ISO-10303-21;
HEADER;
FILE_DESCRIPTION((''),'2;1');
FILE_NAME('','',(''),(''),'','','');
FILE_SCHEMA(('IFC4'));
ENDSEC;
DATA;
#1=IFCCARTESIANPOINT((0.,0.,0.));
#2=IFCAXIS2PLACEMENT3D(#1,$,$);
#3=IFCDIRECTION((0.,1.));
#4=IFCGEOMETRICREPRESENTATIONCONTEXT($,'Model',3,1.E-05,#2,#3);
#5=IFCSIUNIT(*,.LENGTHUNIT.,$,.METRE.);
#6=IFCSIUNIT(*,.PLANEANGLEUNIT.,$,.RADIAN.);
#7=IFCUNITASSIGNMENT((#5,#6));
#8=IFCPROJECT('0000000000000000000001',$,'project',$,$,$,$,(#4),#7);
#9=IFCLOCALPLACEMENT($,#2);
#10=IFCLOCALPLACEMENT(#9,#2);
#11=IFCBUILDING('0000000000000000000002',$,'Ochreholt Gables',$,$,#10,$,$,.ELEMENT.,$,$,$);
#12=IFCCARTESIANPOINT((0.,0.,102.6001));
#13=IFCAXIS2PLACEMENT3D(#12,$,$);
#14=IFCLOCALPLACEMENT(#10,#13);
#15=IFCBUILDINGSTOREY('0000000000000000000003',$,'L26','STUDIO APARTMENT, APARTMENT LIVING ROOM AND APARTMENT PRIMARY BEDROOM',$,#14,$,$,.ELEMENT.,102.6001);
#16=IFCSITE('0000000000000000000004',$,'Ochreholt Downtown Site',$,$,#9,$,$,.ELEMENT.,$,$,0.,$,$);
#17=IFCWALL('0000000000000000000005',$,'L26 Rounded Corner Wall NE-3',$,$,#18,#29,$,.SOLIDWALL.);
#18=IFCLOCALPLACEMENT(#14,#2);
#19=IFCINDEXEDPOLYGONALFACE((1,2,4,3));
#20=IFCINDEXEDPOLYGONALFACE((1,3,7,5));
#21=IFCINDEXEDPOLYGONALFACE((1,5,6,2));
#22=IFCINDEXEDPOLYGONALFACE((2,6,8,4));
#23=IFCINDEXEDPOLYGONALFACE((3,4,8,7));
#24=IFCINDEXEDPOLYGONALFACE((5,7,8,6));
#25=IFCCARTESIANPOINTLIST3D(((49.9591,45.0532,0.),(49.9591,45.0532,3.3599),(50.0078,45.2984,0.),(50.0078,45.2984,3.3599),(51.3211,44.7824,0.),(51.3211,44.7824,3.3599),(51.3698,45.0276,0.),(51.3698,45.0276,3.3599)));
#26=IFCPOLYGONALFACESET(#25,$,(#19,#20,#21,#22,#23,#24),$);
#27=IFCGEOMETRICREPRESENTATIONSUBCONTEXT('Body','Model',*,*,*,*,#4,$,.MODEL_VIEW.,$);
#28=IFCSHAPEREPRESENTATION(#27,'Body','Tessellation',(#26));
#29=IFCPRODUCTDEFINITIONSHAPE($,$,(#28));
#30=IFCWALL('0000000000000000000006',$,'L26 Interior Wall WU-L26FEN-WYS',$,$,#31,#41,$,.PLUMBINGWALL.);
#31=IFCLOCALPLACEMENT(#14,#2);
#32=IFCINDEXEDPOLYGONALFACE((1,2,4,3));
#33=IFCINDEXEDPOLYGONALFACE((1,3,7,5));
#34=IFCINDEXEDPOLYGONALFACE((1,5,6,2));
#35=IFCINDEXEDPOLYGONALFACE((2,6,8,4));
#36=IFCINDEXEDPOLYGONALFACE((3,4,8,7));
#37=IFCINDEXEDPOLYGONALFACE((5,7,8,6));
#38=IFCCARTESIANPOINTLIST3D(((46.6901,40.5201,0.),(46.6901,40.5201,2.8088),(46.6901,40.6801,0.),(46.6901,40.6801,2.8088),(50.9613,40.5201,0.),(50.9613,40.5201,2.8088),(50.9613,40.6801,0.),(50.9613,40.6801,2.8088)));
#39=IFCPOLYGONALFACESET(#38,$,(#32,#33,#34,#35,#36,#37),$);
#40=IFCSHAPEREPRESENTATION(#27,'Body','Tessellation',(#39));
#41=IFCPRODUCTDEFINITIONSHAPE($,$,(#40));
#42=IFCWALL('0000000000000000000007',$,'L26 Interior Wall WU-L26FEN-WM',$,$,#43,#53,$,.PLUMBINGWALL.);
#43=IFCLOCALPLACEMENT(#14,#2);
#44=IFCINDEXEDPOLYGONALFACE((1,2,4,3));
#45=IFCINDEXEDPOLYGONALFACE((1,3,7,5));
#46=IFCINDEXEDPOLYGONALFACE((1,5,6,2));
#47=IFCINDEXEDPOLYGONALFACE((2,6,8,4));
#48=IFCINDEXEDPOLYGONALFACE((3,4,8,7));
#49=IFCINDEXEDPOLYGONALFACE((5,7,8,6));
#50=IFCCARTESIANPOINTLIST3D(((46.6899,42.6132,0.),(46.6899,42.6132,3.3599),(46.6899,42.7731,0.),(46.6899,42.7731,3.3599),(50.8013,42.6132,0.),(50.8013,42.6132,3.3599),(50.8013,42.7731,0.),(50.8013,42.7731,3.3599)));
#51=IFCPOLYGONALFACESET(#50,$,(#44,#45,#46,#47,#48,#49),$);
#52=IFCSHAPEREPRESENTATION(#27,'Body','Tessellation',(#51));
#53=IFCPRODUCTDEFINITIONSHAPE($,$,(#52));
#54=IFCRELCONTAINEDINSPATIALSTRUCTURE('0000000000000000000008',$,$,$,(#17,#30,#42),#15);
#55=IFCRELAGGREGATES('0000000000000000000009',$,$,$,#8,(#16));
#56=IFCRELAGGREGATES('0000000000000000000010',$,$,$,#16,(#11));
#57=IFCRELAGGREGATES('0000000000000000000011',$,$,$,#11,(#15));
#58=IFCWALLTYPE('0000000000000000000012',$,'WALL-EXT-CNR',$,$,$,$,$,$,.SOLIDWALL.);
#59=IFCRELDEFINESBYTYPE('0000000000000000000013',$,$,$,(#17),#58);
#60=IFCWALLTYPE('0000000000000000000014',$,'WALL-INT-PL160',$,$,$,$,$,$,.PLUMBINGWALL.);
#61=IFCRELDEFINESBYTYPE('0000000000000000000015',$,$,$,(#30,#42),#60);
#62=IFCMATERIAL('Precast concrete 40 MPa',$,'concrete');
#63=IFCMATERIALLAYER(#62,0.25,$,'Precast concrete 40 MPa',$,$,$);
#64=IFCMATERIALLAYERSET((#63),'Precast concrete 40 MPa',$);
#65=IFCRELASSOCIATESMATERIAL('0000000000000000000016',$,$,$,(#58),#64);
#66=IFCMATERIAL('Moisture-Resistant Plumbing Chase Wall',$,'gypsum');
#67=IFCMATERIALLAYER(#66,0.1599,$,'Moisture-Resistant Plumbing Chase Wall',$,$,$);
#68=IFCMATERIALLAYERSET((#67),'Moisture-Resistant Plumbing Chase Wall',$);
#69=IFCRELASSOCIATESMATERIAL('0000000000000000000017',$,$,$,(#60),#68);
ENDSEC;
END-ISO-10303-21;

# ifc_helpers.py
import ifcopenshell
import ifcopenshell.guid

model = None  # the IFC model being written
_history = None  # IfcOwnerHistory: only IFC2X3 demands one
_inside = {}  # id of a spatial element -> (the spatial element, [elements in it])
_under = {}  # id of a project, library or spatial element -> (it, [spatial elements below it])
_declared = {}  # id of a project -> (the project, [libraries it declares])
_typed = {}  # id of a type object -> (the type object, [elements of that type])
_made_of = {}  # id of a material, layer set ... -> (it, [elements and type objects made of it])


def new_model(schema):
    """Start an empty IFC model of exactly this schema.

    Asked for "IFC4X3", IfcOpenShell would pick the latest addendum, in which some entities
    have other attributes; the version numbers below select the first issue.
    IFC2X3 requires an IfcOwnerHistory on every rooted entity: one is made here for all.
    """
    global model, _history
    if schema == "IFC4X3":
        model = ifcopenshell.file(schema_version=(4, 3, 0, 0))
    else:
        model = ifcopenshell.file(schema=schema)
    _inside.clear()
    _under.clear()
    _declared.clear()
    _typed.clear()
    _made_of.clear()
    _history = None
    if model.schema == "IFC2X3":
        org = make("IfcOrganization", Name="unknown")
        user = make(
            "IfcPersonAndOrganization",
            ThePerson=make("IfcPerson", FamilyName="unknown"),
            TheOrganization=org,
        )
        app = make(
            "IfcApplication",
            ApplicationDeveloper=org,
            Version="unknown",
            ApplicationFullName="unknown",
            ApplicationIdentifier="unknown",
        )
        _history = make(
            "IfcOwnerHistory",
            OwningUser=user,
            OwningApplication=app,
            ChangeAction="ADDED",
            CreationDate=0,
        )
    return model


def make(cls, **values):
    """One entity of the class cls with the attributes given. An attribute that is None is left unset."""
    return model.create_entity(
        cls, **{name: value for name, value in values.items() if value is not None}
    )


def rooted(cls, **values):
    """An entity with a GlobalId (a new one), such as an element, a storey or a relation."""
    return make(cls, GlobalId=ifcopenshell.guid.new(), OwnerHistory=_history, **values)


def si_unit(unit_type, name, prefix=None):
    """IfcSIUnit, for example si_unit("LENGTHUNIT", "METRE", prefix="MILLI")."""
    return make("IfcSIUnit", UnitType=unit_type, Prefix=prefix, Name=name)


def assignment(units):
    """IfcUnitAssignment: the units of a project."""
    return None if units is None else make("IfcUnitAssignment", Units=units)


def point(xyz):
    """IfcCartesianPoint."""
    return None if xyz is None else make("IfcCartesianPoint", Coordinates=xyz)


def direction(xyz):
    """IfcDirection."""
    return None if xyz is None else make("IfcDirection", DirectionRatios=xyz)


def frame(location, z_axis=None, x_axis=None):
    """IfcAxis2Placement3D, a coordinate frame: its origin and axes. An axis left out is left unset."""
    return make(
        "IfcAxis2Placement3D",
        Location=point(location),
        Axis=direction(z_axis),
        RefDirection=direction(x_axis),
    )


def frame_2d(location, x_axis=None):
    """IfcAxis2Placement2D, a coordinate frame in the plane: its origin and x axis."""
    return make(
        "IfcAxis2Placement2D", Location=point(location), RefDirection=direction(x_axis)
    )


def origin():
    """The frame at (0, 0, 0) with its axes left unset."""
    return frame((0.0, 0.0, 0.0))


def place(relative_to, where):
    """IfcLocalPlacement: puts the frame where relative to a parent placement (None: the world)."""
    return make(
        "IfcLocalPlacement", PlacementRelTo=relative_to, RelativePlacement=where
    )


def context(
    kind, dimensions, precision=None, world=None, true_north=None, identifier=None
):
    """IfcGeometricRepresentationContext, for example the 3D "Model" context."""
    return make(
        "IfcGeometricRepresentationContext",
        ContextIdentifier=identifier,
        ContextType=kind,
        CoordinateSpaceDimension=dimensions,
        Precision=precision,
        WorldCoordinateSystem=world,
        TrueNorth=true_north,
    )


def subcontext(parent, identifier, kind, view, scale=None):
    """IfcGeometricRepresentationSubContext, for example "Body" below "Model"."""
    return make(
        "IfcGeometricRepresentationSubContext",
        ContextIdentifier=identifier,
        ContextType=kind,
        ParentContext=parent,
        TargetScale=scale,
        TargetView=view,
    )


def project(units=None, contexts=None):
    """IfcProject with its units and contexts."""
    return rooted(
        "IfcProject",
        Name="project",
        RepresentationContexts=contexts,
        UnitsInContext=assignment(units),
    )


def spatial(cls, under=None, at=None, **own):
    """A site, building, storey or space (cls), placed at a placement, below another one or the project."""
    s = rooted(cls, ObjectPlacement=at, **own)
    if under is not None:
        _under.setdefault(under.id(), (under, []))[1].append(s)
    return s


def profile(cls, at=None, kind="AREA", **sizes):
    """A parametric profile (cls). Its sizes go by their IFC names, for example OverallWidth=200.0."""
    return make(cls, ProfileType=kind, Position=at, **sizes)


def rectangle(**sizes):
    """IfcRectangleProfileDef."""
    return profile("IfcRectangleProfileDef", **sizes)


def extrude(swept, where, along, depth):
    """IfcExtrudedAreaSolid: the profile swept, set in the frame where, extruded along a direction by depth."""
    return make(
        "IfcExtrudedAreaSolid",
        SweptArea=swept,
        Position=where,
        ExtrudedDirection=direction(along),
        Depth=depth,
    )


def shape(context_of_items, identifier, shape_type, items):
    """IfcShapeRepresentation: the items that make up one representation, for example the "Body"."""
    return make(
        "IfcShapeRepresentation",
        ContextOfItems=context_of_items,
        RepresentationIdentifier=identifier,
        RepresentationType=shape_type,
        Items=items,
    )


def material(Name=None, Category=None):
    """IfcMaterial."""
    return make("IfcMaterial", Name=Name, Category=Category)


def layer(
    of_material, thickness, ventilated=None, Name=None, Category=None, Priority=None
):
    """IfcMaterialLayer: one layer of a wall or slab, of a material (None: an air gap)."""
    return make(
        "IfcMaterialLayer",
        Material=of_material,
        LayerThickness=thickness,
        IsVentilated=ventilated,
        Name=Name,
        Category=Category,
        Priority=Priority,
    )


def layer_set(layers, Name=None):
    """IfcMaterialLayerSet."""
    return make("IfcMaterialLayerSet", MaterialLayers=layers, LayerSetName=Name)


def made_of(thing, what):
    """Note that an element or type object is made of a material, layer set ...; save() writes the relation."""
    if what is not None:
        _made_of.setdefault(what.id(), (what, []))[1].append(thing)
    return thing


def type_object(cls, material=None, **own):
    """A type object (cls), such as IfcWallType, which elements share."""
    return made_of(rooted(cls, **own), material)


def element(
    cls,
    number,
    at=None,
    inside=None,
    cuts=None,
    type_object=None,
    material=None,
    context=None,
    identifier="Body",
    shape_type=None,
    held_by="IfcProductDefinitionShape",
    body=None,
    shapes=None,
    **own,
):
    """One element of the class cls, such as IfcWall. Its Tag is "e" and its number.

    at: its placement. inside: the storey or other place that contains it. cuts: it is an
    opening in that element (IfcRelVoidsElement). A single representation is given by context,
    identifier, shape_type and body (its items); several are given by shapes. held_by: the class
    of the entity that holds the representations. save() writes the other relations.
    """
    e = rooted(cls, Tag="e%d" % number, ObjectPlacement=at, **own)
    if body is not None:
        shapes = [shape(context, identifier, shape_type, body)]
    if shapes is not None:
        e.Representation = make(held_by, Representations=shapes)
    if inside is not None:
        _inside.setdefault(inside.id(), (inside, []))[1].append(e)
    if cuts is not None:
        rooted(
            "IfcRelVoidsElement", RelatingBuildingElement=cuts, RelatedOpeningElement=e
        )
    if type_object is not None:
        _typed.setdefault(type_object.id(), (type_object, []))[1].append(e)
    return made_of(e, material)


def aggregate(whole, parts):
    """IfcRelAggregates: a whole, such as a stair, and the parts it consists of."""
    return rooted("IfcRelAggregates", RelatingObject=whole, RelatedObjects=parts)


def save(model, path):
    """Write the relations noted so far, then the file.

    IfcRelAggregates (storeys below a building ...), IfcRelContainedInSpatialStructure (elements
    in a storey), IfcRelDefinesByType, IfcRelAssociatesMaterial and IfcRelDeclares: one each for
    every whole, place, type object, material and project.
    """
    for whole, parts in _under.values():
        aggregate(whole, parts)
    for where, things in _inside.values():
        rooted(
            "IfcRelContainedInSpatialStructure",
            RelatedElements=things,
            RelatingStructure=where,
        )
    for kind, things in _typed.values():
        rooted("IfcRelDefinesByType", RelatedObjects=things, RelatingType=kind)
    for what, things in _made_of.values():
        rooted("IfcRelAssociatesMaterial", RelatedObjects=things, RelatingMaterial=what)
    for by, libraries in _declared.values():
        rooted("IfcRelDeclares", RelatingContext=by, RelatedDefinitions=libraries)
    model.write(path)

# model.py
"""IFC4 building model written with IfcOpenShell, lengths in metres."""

from ifc_helpers import new_model, si_unit, direction, frame, frame_2d, origin, place, context, subcontext, project, spatial, rectangle, extrude, material, layer, layer_set, type_object, element, save


model = new_model("IFC4")

# Units and contexts
model_context = context("Model", 3, precision=1e-05, world=origin(), true_north=direction((0.0, 1.0)))
body_context = subcontext(model_context, "Body", "Model", "MODEL_VIEW")
ifc_project = project(units=[si_unit("LENGTHUNIT", "METRE"), si_unit("PLANEANGLEUNIT", "RADIAN")], contexts=[model_context])

# Site, building, storey
site_placement = place(None, origin())
site = spatial("IfcSite", under=ifc_project, at=site_placement, Name="Ochreholt Downtown Site", CompositionType="ELEMENT", RefElevation=0.0)
building_placement = place(site_placement, origin())
building = spatial("IfcBuilding", under=site, at=building_placement, Name="Ochreholt Gables", CompositionType="ELEMENT")
storey_placement = place(building_placement, frame((0.0, 0.0, 102.6001)))
storey = spatial("IfcBuildingStorey", under=building, at=storey_placement, Name="L26", Description="STUDIO APARTMENT, APARTMENT LIVING ROOM AND APARTMENT PRIMARY BEDROOM", CompositionType="ELEMENT", Elevation=102.6001)

# Shared definitions
ifc_material_1 = material(Name="Precast concrete 40 MPa", Category="concrete")

# Shared definitions
ifc_layer_1 = layer(ifc_material_1, 0.25, Name="Precast concrete 40 MPa")
ifc_layer_set_1 = layer_set([ifc_layer_1], Name="Precast concrete 40 MPa")
wall_type_1 = type_object("IfcWallType", Name="WALL-EXT-CNR", PredefinedType="SOLIDWALL", material=ifc_layer_set_1)

# Walls
wall_1_placement = place(storey_placement, frame((51.3455, 44.905, 0.0), z_axis=(0.0, 0.0, 1.0), x_axis=(-0.98081, 0.194967, 0.0)))
element("IfcWall", 1, at=wall_1_placement, inside=storey, type_object=wall_type_1, Name="L26 Rounded Corner Wall NE-3", PredefinedType="SOLIDWALL", context=body_context, shape_type="SweptSolid", body=[
    extrude(rectangle(XDim=1.3887, YDim=0.25, at=frame_2d((0.6943, 0.0))), origin(), (0.0, 0.0, 1.0), 3.3599),
])
ifc_material_2 = material(Name="Moisture-Resistant Plumbing Chase Wall", Category="gypsum")
ifc_layer_2 = layer(ifc_material_2, 0.1599, Name="Moisture-Resistant Plumbing Chase Wall")
ifc_layer_set_2 = layer_set([ifc_layer_2], Name="Moisture-Resistant Plumbing Chase Wall")
wall_type_2 = type_object("IfcWallType", Name="WALL-INT-PL160", PredefinedType="PLUMBINGWALL", material=ifc_layer_set_2)
wall_2_placement = place(storey_placement, frame((46.6899, 40.6001, 0.0), z_axis=(0.0, 0.0, 1.0), x_axis=(1.0, 0.0, 0.0)))
element("IfcWall", 2, at=wall_2_placement, inside=storey, type_object=wall_type_2, Name="L26 Interior Wall WU-L26FEN-WYS", PredefinedType="PLUMBINGWALL", context=body_context, shape_type="SweptSolid", body=[
    extrude(rectangle(XDim=4.2712, YDim=0.1599, at=frame_2d((2.1357, 0.0))), origin(), (0.0, 0.0, 1.0), 2.8088),
])

# Wall
wall_3_placement = place(storey_placement, frame((46.6899, 42.6931, 0.0), z_axis=(0.0, 0.0, 1.0), x_axis=(1.0, 0.0, 0.0)))
element("IfcWall", 3, at=wall_3_placement, inside=storey, type_object=wall_type_2, Name="L26 Interior Wall WU-L26FEN-WM", PredefinedType="PLUMBINGWALL", context=body_context, shape_type="SweptSolid", body=[
    extrude(rectangle(XDim=4.1113, YDim=0.1599, at=frame_2d((2.0557, 0.0))), origin(), (0.0, 0.0, 1.0), 3.3599),
])

save(model, "model.ifc")
